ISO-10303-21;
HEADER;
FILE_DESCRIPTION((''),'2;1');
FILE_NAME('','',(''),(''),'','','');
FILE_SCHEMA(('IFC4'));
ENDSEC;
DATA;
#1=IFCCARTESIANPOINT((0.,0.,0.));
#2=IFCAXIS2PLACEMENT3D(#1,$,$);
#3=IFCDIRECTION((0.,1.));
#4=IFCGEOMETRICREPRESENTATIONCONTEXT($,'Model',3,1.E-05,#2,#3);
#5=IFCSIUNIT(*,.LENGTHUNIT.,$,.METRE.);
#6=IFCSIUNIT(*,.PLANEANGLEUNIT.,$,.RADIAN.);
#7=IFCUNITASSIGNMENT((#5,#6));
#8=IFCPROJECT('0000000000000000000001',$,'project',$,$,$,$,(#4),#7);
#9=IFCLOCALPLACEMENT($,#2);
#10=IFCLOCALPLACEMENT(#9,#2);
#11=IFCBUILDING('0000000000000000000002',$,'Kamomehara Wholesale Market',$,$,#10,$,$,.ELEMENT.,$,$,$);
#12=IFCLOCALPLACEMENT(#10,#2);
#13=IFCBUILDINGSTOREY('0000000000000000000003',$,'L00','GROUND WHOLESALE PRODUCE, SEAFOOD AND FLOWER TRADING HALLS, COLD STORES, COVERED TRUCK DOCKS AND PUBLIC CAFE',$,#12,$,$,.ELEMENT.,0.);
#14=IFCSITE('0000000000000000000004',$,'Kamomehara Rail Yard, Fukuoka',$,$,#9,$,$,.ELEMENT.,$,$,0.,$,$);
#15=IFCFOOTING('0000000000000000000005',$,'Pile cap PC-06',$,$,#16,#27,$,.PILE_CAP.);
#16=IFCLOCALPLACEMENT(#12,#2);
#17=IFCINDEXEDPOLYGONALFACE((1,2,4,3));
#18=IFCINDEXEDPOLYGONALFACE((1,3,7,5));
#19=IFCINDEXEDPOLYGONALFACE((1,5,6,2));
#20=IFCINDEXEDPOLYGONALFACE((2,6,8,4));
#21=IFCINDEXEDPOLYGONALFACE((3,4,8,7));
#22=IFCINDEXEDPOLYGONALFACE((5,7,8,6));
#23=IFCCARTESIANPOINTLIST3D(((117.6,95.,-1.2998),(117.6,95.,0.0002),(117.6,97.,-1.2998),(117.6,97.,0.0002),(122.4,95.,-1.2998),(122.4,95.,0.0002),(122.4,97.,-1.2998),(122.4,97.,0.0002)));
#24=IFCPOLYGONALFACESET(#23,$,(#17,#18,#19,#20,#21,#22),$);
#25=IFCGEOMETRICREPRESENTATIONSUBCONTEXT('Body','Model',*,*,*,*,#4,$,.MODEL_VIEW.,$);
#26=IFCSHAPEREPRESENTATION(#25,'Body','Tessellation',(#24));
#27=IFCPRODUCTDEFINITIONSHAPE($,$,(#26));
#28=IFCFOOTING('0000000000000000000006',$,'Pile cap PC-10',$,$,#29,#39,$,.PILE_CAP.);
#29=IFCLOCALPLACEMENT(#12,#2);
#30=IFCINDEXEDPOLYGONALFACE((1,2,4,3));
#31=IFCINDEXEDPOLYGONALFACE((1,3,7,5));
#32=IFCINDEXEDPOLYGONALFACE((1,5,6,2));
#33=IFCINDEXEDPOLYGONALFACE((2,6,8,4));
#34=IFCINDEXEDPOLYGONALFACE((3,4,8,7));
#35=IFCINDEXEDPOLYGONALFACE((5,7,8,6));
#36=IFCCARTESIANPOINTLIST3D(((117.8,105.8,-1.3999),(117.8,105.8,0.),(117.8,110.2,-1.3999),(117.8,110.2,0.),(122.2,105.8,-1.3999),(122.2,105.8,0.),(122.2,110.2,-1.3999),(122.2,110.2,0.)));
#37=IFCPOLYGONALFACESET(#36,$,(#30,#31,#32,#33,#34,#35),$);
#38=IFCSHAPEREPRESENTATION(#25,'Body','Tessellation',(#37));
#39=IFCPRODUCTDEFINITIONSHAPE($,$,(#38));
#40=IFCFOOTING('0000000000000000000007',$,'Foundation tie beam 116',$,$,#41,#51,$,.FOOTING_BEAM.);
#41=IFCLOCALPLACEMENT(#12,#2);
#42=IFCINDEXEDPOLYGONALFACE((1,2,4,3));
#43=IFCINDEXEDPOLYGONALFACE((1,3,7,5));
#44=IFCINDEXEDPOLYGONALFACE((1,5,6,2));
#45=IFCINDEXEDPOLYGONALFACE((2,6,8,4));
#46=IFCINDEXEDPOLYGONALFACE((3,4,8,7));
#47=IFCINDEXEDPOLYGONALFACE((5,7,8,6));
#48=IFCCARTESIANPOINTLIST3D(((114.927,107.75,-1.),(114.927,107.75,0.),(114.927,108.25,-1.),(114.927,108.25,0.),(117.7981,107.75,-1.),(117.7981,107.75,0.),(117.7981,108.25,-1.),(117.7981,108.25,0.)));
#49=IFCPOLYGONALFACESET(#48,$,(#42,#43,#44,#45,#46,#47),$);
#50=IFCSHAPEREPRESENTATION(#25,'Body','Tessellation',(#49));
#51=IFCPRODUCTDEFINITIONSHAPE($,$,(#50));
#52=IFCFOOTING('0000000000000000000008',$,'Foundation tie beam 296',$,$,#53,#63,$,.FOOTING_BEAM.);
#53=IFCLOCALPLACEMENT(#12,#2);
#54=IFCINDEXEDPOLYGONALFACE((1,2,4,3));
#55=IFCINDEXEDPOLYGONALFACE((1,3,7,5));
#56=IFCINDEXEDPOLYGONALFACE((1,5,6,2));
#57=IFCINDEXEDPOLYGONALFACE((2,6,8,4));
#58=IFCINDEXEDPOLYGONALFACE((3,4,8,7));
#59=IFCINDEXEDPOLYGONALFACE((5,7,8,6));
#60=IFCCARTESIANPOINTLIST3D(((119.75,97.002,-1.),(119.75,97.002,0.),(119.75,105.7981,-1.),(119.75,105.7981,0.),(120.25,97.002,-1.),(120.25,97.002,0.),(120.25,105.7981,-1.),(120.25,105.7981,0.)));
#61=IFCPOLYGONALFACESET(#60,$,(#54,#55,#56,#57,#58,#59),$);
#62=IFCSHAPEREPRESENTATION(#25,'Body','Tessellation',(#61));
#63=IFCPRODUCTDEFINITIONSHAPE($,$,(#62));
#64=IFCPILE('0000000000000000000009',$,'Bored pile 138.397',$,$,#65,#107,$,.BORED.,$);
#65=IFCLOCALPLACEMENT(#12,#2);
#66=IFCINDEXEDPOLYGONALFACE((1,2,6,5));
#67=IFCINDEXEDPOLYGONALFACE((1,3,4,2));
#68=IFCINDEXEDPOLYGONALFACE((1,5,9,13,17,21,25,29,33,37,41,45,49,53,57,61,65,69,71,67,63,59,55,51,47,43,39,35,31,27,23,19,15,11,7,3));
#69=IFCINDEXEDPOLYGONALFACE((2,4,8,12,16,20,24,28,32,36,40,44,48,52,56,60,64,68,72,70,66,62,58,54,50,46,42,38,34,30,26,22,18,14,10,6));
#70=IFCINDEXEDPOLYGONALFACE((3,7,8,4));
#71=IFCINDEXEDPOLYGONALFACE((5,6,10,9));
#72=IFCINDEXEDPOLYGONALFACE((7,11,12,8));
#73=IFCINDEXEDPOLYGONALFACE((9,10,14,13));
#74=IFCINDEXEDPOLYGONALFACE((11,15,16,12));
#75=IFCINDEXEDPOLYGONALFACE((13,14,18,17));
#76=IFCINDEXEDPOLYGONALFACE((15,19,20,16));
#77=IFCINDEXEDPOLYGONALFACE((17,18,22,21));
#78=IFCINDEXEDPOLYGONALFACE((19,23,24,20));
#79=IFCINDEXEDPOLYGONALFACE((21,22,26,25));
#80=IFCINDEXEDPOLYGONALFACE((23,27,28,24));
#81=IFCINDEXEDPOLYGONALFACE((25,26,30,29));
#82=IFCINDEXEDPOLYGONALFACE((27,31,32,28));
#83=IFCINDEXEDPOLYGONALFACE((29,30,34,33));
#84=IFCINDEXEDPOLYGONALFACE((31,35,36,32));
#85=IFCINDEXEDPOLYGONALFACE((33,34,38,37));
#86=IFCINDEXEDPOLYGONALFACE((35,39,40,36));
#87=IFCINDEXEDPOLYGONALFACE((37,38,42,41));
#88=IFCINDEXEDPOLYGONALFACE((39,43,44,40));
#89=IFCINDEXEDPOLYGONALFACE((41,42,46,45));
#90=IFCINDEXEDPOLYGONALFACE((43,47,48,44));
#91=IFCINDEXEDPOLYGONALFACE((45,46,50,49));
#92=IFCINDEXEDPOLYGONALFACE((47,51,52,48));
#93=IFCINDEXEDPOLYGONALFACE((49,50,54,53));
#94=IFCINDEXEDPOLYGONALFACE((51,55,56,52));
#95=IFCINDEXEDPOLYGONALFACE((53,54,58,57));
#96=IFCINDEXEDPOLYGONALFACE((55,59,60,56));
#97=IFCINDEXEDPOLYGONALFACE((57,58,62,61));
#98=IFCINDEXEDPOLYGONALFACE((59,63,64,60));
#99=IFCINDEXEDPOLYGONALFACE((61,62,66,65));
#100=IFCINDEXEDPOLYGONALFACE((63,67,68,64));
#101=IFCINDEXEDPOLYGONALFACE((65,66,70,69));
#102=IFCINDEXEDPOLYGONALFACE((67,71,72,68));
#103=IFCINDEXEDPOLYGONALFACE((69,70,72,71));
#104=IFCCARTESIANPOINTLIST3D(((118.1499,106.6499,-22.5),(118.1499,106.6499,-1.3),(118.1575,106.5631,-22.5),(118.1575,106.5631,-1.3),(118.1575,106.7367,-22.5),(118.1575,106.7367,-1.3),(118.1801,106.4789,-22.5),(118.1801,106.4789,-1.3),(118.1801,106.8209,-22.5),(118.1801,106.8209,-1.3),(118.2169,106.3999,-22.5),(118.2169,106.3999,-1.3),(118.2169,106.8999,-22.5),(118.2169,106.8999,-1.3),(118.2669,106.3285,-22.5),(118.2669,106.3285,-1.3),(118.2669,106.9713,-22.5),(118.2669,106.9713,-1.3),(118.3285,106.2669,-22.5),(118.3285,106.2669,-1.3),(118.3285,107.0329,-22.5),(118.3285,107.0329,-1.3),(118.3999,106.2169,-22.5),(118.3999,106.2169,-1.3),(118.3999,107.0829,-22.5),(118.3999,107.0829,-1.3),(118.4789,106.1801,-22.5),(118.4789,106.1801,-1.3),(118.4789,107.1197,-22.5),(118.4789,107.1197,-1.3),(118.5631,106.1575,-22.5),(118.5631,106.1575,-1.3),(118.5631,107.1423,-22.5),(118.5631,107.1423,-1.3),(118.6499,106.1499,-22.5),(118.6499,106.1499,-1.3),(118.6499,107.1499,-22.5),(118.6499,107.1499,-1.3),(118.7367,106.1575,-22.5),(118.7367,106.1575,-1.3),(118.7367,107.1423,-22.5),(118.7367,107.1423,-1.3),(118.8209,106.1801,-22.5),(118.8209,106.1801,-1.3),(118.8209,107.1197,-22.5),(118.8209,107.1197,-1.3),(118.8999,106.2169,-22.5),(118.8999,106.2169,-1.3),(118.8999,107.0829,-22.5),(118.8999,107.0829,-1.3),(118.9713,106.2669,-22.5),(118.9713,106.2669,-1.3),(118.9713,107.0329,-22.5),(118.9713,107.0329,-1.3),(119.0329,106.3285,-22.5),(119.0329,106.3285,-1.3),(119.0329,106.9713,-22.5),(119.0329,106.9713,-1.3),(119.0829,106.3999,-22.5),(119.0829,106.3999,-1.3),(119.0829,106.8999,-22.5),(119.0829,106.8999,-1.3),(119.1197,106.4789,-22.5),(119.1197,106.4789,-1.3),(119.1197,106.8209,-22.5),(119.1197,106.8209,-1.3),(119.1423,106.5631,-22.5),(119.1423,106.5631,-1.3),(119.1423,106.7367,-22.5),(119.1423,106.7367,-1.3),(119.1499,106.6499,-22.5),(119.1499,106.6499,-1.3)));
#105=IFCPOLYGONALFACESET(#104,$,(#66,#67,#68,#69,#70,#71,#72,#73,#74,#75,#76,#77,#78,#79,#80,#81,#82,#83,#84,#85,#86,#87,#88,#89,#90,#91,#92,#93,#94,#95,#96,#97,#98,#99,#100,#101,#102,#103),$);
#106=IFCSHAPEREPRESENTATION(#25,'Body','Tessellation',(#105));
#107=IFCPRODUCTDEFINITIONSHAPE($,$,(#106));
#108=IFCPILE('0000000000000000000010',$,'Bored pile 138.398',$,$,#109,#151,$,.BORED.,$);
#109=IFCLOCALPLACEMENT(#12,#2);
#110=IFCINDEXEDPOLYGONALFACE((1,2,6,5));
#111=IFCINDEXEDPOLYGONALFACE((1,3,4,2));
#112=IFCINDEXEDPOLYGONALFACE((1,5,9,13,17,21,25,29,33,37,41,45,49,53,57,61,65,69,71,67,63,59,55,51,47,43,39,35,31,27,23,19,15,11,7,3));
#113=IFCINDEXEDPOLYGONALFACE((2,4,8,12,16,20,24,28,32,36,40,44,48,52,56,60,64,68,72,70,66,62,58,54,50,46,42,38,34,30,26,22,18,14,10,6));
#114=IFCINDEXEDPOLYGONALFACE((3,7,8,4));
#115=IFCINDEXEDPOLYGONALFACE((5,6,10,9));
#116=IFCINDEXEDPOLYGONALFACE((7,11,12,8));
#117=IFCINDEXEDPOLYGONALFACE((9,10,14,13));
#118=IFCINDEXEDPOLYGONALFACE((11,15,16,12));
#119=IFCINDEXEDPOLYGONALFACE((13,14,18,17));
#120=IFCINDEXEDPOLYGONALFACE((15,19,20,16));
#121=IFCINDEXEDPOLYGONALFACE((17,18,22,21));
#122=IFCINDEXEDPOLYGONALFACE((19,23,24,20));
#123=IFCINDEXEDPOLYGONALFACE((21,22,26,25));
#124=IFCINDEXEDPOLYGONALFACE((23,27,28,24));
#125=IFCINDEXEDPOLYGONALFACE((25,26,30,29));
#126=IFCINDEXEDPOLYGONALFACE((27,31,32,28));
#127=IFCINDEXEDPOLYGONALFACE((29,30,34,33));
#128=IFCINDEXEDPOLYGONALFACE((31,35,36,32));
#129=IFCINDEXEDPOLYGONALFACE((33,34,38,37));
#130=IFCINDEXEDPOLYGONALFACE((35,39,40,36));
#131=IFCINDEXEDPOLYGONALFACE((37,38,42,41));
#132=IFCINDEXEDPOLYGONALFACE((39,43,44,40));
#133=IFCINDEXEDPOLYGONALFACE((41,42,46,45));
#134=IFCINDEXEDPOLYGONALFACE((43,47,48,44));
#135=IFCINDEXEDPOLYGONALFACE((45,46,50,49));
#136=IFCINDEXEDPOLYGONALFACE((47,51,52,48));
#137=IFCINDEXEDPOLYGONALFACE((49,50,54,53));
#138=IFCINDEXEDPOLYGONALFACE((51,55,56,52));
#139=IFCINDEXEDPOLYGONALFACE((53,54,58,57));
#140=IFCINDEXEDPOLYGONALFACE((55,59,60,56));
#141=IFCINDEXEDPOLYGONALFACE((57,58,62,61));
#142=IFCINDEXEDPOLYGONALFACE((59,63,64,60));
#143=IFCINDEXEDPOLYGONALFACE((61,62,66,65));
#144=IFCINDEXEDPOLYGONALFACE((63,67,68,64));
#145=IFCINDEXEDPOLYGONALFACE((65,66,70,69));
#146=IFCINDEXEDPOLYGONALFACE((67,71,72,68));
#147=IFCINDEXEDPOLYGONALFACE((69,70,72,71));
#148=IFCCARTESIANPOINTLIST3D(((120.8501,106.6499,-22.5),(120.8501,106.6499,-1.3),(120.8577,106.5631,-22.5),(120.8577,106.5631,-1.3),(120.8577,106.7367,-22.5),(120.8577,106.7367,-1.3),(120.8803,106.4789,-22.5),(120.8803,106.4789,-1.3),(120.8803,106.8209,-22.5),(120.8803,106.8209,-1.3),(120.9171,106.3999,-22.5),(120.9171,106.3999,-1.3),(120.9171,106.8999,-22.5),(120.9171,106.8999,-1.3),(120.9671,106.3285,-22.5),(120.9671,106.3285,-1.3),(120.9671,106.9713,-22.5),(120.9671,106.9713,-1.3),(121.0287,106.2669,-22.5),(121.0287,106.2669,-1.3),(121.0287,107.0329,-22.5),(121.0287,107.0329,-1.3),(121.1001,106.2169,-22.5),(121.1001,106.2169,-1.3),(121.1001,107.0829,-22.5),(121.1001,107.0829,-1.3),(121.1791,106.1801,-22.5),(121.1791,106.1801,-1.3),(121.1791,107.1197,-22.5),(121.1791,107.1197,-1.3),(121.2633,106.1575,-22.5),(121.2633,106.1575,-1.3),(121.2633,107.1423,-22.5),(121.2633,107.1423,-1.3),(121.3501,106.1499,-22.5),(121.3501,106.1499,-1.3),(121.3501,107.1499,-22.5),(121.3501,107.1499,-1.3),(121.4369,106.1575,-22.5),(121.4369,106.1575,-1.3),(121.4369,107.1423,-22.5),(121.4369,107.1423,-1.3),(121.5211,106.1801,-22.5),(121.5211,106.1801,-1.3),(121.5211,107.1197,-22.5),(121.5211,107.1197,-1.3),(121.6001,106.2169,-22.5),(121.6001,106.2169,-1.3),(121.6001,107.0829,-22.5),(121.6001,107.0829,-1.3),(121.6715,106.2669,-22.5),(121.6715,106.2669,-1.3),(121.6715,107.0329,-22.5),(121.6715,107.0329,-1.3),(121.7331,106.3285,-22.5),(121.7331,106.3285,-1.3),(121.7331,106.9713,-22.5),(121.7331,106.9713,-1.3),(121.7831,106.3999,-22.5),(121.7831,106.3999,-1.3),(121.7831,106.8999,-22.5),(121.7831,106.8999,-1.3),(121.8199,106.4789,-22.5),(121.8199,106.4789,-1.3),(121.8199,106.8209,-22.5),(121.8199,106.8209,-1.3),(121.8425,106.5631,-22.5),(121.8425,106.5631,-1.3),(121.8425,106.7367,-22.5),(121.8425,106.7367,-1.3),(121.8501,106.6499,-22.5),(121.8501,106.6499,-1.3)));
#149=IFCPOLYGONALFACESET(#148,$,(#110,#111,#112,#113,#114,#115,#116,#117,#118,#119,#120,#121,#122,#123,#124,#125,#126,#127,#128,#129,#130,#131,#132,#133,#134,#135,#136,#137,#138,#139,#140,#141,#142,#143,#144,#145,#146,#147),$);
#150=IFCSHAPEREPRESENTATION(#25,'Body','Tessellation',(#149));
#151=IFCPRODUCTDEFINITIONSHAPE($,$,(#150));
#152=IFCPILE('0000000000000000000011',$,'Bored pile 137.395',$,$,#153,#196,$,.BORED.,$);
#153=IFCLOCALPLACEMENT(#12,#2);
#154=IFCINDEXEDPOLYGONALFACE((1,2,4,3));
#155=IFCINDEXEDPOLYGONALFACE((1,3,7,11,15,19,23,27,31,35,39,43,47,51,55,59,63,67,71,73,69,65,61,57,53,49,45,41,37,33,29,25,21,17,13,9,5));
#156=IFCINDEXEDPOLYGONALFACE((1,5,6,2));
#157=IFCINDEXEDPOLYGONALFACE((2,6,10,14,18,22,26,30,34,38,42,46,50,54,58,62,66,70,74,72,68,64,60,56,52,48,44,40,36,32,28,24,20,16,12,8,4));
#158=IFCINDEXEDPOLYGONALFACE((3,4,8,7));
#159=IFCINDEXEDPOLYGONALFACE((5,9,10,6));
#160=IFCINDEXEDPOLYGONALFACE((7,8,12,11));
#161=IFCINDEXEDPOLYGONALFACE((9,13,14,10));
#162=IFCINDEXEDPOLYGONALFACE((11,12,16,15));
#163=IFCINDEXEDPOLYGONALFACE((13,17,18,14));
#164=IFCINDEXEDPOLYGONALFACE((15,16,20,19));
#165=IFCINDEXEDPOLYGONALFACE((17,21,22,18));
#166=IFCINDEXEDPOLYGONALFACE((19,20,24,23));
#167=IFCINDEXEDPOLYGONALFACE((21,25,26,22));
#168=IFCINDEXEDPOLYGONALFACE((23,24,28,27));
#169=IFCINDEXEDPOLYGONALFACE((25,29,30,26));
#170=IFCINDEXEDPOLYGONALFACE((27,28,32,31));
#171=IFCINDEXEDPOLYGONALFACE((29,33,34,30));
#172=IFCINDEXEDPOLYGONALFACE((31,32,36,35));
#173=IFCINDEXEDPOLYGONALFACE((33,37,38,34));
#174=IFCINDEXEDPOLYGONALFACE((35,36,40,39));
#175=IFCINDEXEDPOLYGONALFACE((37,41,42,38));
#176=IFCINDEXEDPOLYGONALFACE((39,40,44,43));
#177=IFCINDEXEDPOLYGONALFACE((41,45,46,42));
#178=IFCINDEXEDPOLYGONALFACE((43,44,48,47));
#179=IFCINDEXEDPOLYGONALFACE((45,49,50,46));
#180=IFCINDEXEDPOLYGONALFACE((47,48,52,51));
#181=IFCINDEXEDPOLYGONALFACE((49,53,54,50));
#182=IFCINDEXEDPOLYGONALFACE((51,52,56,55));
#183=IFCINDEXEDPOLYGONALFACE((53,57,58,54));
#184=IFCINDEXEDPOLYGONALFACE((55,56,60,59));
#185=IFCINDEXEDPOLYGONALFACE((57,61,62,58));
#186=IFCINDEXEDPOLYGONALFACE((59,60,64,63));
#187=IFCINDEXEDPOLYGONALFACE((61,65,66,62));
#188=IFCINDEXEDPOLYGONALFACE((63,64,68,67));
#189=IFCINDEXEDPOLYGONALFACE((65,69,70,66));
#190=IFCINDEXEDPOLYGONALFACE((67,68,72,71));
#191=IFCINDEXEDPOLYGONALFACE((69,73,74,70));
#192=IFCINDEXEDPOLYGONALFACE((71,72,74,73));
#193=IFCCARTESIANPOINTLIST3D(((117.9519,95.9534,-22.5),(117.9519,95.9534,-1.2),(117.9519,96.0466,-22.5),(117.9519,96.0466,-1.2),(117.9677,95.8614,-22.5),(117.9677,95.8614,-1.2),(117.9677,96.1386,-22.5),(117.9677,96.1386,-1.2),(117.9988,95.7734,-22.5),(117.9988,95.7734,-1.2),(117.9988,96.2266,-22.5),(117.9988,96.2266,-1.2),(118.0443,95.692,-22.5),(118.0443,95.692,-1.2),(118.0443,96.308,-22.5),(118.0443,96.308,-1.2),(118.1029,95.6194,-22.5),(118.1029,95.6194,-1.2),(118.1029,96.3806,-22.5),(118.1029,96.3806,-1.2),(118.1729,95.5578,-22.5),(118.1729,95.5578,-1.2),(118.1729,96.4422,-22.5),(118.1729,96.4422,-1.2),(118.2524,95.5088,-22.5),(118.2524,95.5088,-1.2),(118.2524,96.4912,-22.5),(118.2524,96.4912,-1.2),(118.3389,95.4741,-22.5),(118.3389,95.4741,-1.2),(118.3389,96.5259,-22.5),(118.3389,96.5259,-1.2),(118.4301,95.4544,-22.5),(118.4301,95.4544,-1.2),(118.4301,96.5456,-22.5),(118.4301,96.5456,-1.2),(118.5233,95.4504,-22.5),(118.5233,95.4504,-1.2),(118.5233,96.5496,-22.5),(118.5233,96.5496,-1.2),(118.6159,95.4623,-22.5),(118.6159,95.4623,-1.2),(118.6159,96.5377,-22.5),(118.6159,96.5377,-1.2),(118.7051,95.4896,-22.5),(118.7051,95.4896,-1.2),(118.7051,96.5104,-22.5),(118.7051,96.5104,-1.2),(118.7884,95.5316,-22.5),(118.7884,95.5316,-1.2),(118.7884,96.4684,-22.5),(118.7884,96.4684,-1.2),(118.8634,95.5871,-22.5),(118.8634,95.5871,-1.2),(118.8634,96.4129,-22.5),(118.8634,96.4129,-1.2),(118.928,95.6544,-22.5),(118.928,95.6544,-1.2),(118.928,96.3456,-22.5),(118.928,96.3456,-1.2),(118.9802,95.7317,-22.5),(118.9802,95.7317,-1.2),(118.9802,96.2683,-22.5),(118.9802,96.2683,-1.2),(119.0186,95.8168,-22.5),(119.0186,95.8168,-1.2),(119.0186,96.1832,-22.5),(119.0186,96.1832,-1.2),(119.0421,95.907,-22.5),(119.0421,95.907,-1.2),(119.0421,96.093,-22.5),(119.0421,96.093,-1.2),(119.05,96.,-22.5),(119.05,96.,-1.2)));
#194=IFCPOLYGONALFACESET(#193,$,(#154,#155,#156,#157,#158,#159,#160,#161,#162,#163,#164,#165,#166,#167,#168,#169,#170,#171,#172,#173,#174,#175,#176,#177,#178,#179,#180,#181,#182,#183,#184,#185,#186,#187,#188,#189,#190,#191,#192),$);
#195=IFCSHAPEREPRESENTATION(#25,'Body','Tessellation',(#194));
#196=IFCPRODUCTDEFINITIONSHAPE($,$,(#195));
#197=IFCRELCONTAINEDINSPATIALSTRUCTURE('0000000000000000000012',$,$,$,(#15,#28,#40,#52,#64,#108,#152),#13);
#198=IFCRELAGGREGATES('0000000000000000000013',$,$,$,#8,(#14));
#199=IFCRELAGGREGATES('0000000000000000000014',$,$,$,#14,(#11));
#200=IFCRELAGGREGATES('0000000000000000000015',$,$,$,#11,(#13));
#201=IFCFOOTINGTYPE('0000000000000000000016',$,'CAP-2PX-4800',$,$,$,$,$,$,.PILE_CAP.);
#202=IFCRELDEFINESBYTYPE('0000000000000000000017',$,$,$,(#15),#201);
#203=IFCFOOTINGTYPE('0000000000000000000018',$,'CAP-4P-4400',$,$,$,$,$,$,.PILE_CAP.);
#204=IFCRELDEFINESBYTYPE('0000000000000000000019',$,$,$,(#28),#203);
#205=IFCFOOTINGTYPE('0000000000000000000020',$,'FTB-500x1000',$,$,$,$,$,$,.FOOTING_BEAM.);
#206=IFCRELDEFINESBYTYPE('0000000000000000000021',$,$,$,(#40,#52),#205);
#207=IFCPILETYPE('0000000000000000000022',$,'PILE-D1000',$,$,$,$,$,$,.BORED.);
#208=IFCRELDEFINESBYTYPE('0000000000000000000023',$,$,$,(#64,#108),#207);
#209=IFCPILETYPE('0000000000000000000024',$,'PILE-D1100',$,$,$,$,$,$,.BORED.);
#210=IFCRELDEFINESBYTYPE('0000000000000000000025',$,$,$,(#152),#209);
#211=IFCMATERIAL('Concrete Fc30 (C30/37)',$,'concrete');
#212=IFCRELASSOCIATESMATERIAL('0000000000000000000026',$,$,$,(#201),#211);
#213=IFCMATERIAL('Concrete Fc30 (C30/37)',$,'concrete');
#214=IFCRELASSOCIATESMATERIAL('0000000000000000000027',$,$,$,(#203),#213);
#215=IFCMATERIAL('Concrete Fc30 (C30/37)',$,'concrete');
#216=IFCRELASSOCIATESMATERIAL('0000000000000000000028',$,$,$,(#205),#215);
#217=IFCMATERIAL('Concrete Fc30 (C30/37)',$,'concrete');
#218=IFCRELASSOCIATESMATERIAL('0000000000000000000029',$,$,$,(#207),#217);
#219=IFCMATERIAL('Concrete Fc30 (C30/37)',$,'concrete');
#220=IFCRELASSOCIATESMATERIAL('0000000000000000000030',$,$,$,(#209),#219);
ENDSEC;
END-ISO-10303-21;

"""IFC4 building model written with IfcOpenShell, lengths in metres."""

from ifc_helpers import new_model, si_unit, direction, frame, origin, origin_2d, place, context, subcontext, project, spatial, rectangle, circle, extrude, material, material_profile, profile_set, type_object, element, save


model = new_model("IFC4")

# Units and contexts
model_context = context("Model", 3, precision=1e-05, world=origin(), true_north=direction((0.0, 1.0)))
body_context = subcontext(model_context, "Body", "Model", "MODEL_VIEW")
ifc_project = project(units=[si_unit("LENGTHUNIT", "METRE"), si_unit("PLANEANGLEUNIT", "RADIAN")], contexts=[model_context])

# Site, building, storey
site_placement = place(None, origin())
site = spatial("IfcSite", under=ifc_project, at=site_placement, Name="Kamomehara Rail Yard, Fukuoka", CompositionType="ELEMENT", RefElevation=0.0)
building_placement = place(site_placement, origin())
building = spatial("IfcBuilding", under=site, at=building_placement, Name="Kamomehara Wholesale Market", CompositionType="ELEMENT")
storey_placement = place(building_placement, origin())
storey = spatial("IfcBuildingStorey", under=building, at=storey_placement, Name="L00", Description="GROUND WHOLESALE PRODUCE, SEAFOOD AND FLOWER TRADING HALLS, COLD STORES, COVERED TRUCK DOCKS AND PUBLIC CAFE", CompositionType="ELEMENT", Elevation=0.0)

# Footings
ifc_material_1 = material(Name="Concrete Fc30 (C30/37)", Category="concrete")
footing_type_1 = type_object("IfcFootingType", Name="CAP-2PX-4800", PredefinedType="PILE_CAP", material=ifc_material_1)
footing_1_placement = place(storey_placement, frame((120.0, 96.0, -1.2998), z_axis=(0.0, 0.0, 1.0), x_axis=(1.0, 0.0, 0.0)))
element("IfcFooting", 1, at=footing_1_placement, inside=storey, type_object=footing_type_1, Name="Pile cap PC-06", PredefinedType="PILE_CAP", context=body_context, shape_type="SweptSolid", body=[
    extrude(rectangle(XDim=4.8, YDim=2.0, at=origin_2d()), origin(), (0.0, 0.0, 1.0), 1.3),
])
ifc_material_2 = material(Name="Concrete Fc30 (C30/37)", Category="concrete")
footing_type_2 = type_object("IfcFootingType", Name="CAP-4P-4400", PredefinedType="PILE_CAP", material=ifc_material_2)
footing_2_placement = place(storey_placement, frame((120.0, 108.0, -1.3999), z_axis=(0.0, 0.0, 1.0), x_axis=(1.0, 0.0, 0.0)))
element("IfcFooting", 2, at=footing_2_placement, inside=storey, type_object=footing_type_2, Name="Pile cap PC-10", PredefinedType="PILE_CAP", context=body_context, shape_type="SweptSolid", body=[
    extrude(rectangle(XDim=4.3999, YDim=4.3999, at=origin_2d()), origin(), (0.0, 0.0, 1.0), 1.3999),
])
ifc_material_3 = material(Name="Concrete Fc30 (C30/37)", Category="concrete")
ifc_material_profile_1 = material_profile(ifc_material_3, rectangle(XDim=0.5, YDim=1.0, at=origin_2d()), Name="RC-FTB-500x1000")
ifc_profile_set_1 = profile_set([ifc_material_profile_1], Name="Concrete Fc30 (C30/37)")
footing_type_3 = type_object("IfcFootingType", Name="FTB-500x1000", PredefinedType="FOOTING_BEAM", material=ifc_profile_set_1)
footing_3_placement = place(storey_placement, frame((114.927, 108.0, -0.5), z_axis=(1.0, 0.0, 0.0), x_axis=(0.0, 1.0, 0.0)))
element("IfcFooting", 3, at=footing_3_placement, inside=storey, type_object=footing_type_3, Name="Foundation tie beam 116", PredefinedType="FOOTING_BEAM", context=body_context, shape_type="SweptSolid", body=[
    extrude(rectangle(XDim=0.5, YDim=1.0, at=origin_2d()), origin(), (0.0, 0.0, 1.0), 2.8711),
])
footing_4_placement = place(storey_placement, frame((120.0, 97.002, -0.5), z_axis=(0.0, 1.0, 0.0), x_axis=(-1.0, 0.0, 0.0)))
element("IfcFooting", 4, at=footing_4_placement, inside=storey, type_object=footing_type_3, Name="Foundation tie beam 296", PredefinedType="FOOTING_BEAM", context=body_context, shape_type="SweptSolid", body=[
    extrude(rectangle(XDim=0.5, YDim=1.0, at=origin_2d()), origin(), (0.0, 0.0, 1.0), 8.7961),
])

# Piles
ifc_material_4 = material(Name="Concrete Fc30 (C30/37)", Category="concrete")
ifc_material_profile_2 = material_profile(ifc_material_4, circle(Radius=0.5, at=origin_2d()), Name="RC-PILE-D1000")
ifc_profile_set_2 = profile_set([ifc_material_profile_2], Name="Concrete Fc30 (C30/37)")
pile_type_1 = type_object("IfcPileType", Name="PILE-D1000", PredefinedType="BORED", material=ifc_profile_set_2)
for number, where, z_axis, x_axis, name in (
    (5, (118.6499, 106.6499, -1.3), (0.0, 0.0, -1.0), (1.0, 0.0, 0.0), "Bored pile 138.397"),
    (6, (121.3501, 106.6499, -1.3), (0.0, 0.0, -1.0), (1.0, 0.0, 0.0), "Bored pile 138.398"),
):
    element("IfcPile", number, at=place(storey_placement, frame(where, z_axis=z_axis, x_axis=x_axis)), inside=storey, type_object=pile_type_1, Name=name, PredefinedType="BORED", context=body_context, shape_type="SweptSolid", body=[
        extrude(circle(Radius=0.5, at=origin_2d()), origin(), (0.0, 0.0, 1.0), 21.2),
    ])
ifc_material_5 = material(Name="Concrete Fc30 (C30/37)", Category="concrete")
ifc_material_profile_3 = material_profile(ifc_material_5, circle(Radius=0.55, at=origin_2d()), Name="RC-PILE-D1100")
ifc_profile_set_3 = profile_set([ifc_material_profile_3], Name="Concrete Fc30 (C30/37)")
pile_type_2 = type_object("IfcPileType", Name="PILE-D1100", PredefinedType="BORED", material=ifc_profile_set_3)
for number, where, z_axis, x_axis, name in (
    (7, (118.5, 96.0, -1.2), (0.0, 0.0, -1.0), (1.0, 0.0, 0.0), "Bored pile 137.395"),
):
    element("IfcPile", number, at=place(storey_placement, frame(where, z_axis=z_axis, x_axis=x_axis)), inside=storey, type_object=pile_type_2, Name=name, PredefinedType="BORED", context=body_context, shape_type="SweptSolid", body=[
        extrude(circle(Radius=0.55, at=origin_2d()), origin(), (0.0, 0.0, 1.0), 21.3),
    ])

save(model, "model.ifc")
